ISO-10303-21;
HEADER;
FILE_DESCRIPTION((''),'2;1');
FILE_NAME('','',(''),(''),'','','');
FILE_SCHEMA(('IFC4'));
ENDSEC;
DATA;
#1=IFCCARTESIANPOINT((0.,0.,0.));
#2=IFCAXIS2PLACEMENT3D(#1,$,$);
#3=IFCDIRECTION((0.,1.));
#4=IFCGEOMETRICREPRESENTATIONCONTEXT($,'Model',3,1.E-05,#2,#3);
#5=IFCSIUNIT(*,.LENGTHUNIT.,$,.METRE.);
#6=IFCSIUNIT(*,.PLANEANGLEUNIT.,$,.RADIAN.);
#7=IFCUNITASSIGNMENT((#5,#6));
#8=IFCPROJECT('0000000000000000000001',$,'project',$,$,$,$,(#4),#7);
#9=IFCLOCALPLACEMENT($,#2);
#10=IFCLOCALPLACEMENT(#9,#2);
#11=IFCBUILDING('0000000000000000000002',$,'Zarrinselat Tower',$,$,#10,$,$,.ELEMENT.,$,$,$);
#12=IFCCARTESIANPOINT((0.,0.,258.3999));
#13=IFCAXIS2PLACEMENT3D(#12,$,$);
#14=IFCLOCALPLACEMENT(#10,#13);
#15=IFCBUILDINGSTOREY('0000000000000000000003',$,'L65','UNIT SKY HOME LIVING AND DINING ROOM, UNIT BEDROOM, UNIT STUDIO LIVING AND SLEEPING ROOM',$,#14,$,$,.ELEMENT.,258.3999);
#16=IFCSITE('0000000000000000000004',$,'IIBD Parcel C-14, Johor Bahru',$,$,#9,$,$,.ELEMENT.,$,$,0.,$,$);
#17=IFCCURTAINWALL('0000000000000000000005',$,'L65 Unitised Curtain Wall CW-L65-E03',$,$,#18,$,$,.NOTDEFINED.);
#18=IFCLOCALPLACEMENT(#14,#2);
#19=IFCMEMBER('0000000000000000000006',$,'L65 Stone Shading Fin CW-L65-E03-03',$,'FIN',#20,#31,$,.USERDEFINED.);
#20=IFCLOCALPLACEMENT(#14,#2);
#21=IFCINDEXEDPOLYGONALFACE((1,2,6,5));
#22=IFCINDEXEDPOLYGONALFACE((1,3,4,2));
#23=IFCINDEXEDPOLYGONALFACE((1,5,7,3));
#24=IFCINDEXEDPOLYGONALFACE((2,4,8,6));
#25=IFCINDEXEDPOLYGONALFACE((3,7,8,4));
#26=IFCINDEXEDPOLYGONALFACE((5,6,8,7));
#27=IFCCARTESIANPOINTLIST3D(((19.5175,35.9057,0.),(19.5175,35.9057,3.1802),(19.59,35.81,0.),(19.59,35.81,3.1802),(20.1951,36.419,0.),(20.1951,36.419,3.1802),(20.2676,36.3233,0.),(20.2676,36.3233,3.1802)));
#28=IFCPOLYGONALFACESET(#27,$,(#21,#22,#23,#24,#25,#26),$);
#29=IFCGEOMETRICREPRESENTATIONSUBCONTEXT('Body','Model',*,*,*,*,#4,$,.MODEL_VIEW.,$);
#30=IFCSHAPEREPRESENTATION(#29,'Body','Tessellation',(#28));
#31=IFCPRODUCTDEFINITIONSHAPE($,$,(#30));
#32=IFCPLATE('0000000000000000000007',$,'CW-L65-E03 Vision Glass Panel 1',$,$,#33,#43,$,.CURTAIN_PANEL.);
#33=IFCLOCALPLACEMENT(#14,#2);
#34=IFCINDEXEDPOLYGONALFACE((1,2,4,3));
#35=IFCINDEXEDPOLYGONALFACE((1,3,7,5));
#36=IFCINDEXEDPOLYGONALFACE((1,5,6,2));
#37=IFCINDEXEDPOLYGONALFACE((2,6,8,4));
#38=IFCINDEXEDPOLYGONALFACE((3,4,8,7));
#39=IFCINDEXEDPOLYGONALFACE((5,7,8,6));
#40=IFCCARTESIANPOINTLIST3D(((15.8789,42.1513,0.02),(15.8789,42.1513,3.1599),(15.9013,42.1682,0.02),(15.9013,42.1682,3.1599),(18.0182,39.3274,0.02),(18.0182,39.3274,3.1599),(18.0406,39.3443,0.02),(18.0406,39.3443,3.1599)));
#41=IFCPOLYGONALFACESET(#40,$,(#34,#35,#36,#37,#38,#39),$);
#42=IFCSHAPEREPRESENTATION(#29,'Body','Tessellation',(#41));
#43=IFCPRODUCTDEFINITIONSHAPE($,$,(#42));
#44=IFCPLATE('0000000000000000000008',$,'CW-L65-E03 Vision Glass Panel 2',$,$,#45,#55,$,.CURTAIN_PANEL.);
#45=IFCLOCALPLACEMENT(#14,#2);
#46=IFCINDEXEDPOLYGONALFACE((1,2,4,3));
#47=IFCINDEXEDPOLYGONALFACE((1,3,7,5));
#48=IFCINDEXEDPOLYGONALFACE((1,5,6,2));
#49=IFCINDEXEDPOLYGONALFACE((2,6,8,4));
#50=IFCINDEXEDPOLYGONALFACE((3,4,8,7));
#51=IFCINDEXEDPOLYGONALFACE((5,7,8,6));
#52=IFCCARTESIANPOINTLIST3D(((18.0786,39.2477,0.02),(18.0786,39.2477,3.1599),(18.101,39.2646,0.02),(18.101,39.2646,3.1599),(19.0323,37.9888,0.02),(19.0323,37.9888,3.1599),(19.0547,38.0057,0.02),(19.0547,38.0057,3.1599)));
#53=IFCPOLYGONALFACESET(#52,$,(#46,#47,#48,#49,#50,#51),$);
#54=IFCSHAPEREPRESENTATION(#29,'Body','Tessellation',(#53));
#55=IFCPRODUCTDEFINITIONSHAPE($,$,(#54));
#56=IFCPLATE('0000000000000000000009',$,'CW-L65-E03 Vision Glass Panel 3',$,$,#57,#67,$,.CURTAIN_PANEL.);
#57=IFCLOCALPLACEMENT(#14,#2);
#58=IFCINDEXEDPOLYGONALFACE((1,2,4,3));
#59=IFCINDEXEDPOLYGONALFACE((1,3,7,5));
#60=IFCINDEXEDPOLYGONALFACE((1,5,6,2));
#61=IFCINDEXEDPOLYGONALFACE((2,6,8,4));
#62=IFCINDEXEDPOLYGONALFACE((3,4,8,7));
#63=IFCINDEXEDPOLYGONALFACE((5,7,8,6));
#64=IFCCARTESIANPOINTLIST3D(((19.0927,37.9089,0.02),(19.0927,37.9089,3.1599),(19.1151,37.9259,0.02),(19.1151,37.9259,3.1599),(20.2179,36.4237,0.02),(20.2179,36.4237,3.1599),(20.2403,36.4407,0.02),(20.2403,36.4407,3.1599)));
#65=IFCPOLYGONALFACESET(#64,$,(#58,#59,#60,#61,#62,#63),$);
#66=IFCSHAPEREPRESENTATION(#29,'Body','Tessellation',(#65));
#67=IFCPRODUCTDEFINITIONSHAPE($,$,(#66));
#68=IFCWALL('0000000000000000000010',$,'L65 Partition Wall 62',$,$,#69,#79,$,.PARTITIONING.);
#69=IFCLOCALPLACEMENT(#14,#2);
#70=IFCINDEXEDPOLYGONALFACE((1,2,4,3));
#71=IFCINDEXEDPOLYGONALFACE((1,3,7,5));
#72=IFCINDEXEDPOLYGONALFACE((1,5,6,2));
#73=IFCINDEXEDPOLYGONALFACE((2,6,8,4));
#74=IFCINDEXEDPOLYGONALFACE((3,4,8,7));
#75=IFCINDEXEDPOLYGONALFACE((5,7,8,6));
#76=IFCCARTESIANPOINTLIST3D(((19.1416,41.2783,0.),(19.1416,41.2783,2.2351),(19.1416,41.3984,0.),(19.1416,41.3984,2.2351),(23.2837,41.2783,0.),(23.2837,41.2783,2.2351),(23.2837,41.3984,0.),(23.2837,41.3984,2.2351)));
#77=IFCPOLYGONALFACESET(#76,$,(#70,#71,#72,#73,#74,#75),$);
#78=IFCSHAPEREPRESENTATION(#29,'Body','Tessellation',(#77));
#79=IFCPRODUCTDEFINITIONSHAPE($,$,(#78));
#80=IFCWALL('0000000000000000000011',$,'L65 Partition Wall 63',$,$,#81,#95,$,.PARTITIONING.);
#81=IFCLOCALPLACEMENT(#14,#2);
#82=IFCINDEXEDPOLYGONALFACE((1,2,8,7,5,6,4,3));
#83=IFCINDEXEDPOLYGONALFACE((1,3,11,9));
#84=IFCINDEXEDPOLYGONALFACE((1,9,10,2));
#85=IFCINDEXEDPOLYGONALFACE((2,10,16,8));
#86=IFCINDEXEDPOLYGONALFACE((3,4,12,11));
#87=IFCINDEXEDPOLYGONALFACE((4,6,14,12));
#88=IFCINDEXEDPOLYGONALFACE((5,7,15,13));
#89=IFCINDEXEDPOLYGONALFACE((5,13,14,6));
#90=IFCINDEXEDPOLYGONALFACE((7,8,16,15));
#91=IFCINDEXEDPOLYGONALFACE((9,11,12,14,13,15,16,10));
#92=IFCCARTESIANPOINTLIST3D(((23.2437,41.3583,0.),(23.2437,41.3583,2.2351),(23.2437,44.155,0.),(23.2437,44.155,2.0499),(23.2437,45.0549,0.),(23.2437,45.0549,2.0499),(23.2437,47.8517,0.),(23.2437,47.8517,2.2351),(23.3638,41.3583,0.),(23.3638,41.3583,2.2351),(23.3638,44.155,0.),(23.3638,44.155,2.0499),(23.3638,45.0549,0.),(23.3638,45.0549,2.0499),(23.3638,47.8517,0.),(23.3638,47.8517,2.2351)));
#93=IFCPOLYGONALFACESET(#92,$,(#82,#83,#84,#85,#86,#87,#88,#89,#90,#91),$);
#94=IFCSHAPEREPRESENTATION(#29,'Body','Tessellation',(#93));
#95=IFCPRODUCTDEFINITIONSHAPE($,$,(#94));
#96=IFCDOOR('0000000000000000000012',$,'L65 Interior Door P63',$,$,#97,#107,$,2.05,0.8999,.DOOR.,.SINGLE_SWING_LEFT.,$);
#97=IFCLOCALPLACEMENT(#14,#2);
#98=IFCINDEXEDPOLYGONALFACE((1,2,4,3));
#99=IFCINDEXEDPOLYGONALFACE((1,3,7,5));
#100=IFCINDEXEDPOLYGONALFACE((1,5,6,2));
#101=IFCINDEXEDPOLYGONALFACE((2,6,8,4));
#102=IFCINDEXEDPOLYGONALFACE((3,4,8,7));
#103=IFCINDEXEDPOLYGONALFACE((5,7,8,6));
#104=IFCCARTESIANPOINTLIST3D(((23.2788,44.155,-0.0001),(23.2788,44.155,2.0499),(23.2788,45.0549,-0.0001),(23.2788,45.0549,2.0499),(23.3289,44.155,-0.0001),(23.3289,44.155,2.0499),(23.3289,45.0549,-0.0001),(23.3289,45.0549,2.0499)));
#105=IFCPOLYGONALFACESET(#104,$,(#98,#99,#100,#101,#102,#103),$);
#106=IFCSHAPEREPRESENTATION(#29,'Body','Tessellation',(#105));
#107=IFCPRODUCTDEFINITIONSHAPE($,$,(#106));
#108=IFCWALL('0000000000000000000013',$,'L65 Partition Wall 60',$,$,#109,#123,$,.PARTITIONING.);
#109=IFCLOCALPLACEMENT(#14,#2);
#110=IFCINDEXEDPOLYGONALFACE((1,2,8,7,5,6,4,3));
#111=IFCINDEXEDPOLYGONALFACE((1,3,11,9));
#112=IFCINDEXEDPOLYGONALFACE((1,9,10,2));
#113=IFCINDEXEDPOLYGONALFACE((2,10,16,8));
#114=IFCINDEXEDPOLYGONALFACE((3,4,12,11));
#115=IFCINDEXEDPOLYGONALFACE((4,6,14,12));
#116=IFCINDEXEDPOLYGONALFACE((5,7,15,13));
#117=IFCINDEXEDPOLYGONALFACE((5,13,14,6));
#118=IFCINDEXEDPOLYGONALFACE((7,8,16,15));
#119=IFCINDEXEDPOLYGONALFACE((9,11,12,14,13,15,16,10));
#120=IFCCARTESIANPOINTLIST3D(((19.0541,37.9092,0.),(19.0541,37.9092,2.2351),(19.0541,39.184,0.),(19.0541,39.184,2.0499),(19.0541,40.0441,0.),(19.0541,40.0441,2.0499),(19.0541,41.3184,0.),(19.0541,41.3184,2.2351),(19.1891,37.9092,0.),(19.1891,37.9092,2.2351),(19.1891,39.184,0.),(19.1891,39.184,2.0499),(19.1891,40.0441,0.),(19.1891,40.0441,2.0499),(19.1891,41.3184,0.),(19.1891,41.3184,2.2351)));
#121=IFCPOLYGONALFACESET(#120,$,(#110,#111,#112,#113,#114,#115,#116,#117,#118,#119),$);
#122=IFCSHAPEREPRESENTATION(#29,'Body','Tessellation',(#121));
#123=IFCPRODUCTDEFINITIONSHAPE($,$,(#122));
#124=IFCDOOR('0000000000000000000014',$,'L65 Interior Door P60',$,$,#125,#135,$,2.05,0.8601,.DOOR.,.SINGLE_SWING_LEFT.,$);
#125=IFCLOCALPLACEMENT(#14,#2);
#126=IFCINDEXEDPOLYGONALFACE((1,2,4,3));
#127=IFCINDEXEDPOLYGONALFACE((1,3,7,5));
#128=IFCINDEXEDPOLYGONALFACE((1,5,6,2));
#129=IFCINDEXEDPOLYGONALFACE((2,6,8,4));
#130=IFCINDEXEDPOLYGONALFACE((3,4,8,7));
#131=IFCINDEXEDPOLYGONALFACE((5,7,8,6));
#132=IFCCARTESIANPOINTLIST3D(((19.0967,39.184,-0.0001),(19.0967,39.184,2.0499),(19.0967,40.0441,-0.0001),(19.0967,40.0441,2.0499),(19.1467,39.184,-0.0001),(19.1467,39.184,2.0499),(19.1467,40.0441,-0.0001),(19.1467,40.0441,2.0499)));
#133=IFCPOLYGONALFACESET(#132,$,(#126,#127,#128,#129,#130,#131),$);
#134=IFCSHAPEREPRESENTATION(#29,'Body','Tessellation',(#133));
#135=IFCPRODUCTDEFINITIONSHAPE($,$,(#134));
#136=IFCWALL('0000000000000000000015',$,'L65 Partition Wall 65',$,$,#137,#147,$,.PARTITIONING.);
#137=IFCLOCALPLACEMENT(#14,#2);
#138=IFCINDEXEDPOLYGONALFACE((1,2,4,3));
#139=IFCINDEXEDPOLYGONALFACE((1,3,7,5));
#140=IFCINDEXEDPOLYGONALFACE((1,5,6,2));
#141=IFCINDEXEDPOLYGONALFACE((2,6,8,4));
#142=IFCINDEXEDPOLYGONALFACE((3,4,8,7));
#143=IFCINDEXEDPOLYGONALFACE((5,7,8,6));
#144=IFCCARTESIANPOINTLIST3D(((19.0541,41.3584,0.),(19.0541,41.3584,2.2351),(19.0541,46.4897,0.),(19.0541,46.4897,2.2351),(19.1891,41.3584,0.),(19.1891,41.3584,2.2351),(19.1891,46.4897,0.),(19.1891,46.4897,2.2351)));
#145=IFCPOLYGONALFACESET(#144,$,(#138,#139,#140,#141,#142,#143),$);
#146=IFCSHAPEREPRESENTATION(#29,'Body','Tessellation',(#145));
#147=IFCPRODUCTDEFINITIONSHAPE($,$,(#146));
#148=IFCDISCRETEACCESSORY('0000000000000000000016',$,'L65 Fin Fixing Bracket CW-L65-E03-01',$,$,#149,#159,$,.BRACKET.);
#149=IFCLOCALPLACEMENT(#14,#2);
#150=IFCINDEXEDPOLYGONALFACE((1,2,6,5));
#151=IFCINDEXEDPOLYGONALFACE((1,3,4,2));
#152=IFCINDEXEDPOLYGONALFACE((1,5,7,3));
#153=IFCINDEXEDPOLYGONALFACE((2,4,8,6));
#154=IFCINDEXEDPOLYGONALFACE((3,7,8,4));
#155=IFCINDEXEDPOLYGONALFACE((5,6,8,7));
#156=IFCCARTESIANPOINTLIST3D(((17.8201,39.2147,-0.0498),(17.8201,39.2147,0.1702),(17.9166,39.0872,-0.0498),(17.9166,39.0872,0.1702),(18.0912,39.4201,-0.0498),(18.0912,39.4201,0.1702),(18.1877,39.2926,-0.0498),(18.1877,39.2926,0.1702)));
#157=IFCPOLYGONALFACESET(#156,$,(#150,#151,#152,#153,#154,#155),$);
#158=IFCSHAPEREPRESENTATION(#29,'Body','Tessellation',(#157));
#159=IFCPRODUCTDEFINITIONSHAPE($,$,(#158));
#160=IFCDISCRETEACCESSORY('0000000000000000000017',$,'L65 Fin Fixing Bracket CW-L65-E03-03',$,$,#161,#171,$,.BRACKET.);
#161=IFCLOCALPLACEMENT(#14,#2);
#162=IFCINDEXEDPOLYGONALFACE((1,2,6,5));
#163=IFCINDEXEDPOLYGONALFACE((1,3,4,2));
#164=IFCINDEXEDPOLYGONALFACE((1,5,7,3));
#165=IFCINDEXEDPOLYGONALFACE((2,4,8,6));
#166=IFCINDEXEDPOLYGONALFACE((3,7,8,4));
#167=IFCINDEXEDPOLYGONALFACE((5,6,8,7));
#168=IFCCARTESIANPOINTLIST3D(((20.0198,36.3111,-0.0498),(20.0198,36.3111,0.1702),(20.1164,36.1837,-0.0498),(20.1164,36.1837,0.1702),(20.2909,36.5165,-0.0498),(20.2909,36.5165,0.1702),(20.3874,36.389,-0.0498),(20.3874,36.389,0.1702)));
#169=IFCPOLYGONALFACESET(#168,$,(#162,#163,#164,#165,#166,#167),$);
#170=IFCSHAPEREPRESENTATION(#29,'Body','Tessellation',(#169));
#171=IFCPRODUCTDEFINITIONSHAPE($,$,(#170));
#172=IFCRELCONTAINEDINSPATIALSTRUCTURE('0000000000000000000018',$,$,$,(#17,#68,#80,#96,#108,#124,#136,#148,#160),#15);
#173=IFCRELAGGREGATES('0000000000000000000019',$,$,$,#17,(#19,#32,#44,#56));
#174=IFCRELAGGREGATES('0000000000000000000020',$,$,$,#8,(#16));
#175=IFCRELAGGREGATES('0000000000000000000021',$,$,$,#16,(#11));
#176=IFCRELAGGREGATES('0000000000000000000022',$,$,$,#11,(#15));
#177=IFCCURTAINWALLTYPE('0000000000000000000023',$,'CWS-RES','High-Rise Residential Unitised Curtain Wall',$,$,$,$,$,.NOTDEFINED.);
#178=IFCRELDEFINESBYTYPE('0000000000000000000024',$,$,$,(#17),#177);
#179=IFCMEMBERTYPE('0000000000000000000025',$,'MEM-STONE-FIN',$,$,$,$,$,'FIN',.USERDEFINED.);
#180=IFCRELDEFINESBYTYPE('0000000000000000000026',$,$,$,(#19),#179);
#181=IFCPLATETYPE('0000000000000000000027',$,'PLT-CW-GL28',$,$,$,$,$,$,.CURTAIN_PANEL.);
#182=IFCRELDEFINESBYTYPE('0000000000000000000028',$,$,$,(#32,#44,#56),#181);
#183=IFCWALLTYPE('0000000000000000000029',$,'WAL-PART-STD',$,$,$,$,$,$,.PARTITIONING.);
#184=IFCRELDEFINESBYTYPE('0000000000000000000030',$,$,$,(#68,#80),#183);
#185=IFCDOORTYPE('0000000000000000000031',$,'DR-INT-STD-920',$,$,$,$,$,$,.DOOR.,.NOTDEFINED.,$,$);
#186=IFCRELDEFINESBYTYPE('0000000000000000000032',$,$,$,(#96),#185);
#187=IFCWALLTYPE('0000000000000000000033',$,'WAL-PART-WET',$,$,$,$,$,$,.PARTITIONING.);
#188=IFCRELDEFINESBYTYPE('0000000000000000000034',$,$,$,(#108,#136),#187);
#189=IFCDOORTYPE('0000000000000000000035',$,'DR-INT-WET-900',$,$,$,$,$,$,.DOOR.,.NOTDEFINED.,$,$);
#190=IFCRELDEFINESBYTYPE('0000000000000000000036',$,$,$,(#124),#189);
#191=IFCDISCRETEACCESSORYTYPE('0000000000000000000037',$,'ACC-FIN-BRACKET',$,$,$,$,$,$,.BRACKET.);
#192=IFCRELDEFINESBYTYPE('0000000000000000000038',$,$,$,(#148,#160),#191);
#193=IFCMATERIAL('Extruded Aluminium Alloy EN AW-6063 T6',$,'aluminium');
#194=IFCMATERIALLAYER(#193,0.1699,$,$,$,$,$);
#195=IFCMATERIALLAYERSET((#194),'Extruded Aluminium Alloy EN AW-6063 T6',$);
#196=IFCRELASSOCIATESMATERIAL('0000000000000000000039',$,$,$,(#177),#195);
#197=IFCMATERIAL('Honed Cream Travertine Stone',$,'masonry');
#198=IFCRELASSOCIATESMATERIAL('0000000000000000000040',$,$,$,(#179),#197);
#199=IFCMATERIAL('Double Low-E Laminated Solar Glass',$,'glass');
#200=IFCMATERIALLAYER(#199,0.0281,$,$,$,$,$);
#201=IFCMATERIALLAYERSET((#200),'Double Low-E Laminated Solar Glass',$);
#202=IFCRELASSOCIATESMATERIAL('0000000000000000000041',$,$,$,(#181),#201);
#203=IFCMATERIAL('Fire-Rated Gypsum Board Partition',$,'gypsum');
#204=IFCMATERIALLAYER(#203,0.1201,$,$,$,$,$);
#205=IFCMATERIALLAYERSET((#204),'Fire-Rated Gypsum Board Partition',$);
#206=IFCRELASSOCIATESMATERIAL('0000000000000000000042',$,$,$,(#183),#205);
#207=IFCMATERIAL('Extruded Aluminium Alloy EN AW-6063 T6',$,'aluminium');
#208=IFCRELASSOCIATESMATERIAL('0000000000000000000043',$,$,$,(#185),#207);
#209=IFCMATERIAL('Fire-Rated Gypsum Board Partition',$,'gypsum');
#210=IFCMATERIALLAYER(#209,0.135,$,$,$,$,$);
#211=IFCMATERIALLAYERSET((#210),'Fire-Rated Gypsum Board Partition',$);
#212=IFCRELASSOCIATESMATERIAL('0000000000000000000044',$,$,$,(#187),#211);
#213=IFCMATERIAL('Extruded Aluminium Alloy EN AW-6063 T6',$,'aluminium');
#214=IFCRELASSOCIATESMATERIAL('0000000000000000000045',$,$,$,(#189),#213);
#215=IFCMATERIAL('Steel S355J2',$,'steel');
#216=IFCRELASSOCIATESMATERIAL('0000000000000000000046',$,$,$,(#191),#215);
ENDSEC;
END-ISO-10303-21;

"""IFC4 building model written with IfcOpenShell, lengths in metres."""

from ifc_helpers import new_model, si_unit, direction, frame, frame_2d, origin, origin_2d, place, context, subcontext, project, spatial, rectangle, extrude, material, layer, layer_set, material_profile, profile_set, type_object, element, fill, aggregate, save


model = new_model("IFC4")

# Units and contexts
model_context = context("Model", 3, precision=1e-05, world=origin(), true_north=direction((0.0, 1.0)))
body_context = subcontext(model_context, "Body", "Model", "MODEL_VIEW")
ifc_project = project(units=[si_unit("LENGTHUNIT", "METRE"), si_unit("PLANEANGLEUNIT", "RADIAN")], contexts=[model_context])

# Site, building, storey
site_placement = place(None, origin())
site = spatial("IfcSite", under=ifc_project, at=site_placement, Name="IIBD Parcel C-14, Johor Bahru", CompositionType="ELEMENT", RefElevation=0.0)
building_placement = place(site_placement, origin())
building = spatial("IfcBuilding", under=site, at=building_placement, Name="Zarrinselat Tower", CompositionType="ELEMENT")
storey_placement = place(building_placement, frame((0.0, 0.0, 258.3999)))
storey = spatial("IfcBuildingStorey", under=building, at=storey_placement, Name="L65", Description="UNIT SKY HOME LIVING AND DINING ROOM, UNIT BEDROOM, UNIT STUDIO LIVING AND SLEEPING ROOM", CompositionType="ELEMENT", Elevation=258.3999)

# Curtain wall, member, plates
ifc_material_1 = material(Name="Extruded Aluminium Alloy EN AW-6063 T6", Category="aluminium")
ifc_layer_1 = layer(ifc_material_1, 0.1699)
ifc_layer_set_1 = layer_set([ifc_layer_1], Name="Extruded Aluminium Alloy EN AW-6063 T6")
curtain_wall_type = type_object("IfcCurtainWallType", Name="CWS-RES", Description="High-Rise Residential Unitised Curtain Wall", PredefinedType="NOTDEFINED", material=ifc_layer_set_1)
curtain_wall_placement = place(storey_placement, origin())
curtain_wall = element("IfcCurtainWall", 1, at=curtain_wall_placement, inside=storey, type_object=curtain_wall_type, Name="L65 Unitised Curtain Wall CW-L65-E03", PredefinedType="NOTDEFINED")
ifc_material_2 = material(Name="Honed Cream Travertine Stone", Category="masonry")
ifc_material_profile_1 = material_profile(ifc_material_2, rectangle(XDim=0.1201, YDim=0.8501, at=origin_2d()), Name="FIN 850x120")
ifc_profile_set_1 = profile_set([ifc_material_profile_1], Name="Honed Cream Travertine Stone")
member_type_1 = type_object("IfcMemberType", Name="MEM-STONE-FIN", ElementType="FIN", PredefinedType="USERDEFINED", material=ifc_profile_set_1)
member_1_placement = place(storey_placement, frame((19.8926, 36.1145, 0.0), z_axis=(0.0, 0.0, 1.0), x_axis=(-0.603858, 0.797092, 0.0)))
member_1 = element("IfcMember", 2, at=member_1_placement, type_object=member_type_1, Name="L65 Stone Shading Fin CW-L65-E03-03", ObjectType="FIN", PredefinedType="USERDEFINED", context=body_context, shape_type="SweptSolid", body=[
    extrude(rectangle(XDim=0.1201, YDim=0.8501, at=origin_2d()), origin(), (0.0, 0.0, 1.0), 3.1802),
])
ifc_material_3 = material(Name="Double Low-E Laminated Solar Glass", Category="glass")
ifc_layer_2 = layer(ifc_material_3, 0.0281)
ifc_layer_set_2 = layer_set([ifc_layer_2], Name="Double Low-E Laminated Solar Glass")
plate_type = type_object("IfcPlateType", Name="PLT-CW-GL28", PredefinedType="CURTAIN_PANEL", material=ifc_layer_set_2)
plate_1_placement = place(storey_placement, frame((16.9597, 40.7478, 0.02), z_axis=(0.0, 0.0, 1.0), x_axis=(0.603858, -0.797092, 0.0)))
plate_1 = element("IfcPlate", 3, at=plate_1_placement, type_object=plate_type, Name="CW-L65-E03 Vision Glass Panel 1", PredefinedType="CURTAIN_PANEL", context=body_context, shape_type="SweptSolid", body=[
    extrude(rectangle(XDim=3.5427, YDim=0.0281, at=origin_2d()), origin(), (0.0, 0.0, 1.0), 3.1399),
])
plate_2_placement = place(storey_placement, frame((18.5667, 38.6267, 0.02), z_axis=(0.0, 0.0, 1.0), x_axis=(0.603858, -0.797092, 0.0)))
plate_2 = element("IfcPlate", 4, at=plate_2_placement, type_object=plate_type, Name="CW-L65-E03 Vision Glass Panel 2", PredefinedType="CURTAIN_PANEL", context=body_context, shape_type="SweptSolid", body=[
    extrude(rectangle(XDim=1.5793, YDim=0.0281, at=origin_2d()), origin(), (0.0, 0.0, 1.0), 3.1399),
])
plate_3_placement = place(storey_placement, frame((19.6665, 37.1748, 0.02), z_axis=(0.0, 0.0, 1.0), x_axis=(0.603858, -0.797092, 0.0)))
plate_3 = element("IfcPlate", 5, at=plate_3_placement, type_object=plate_type, Name="CW-L65-E03 Vision Glass Panel 3", PredefinedType="CURTAIN_PANEL", context=body_context, shape_type="SweptSolid", body=[
    extrude(rectangle(XDim=1.8633, YDim=0.0281, at=origin_2d()), origin(), (0.0, 0.0, 1.0), 3.1399),
])
aggregate(curtain_wall, [member_1, plate_1, plate_2, plate_3])

# Wall
ifc_material_4 = material(Name="Fire-Rated Gypsum Board Partition", Category="gypsum")
ifc_layer_3 = layer(ifc_material_4, 0.1201)
ifc_layer_set_3 = layer_set([ifc_layer_3], Name="Fire-Rated Gypsum Board Partition")
wall_type_1 = type_object("IfcWallType", Name="WAL-PART-STD", PredefinedType="PARTITIONING", material=ifc_layer_set_3)
wall_1_placement = place(storey_placement, frame((19.1416, 41.3384, 0.0), z_axis=(0.0, 0.0, 1.0), x_axis=(1.0, 0.0, 0.0)))
element("IfcWall", 6, at=wall_1_placement, inside=storey, type_object=wall_type_1, Name="L65 Partition Wall 62", PredefinedType="PARTITIONING", context=body_context, shape_type="SweptSolid", body=[
    extrude(rectangle(XDim=4.1421, YDim=0.1201, at=frame_2d((2.071, 0.0))), origin(), (0.0, 0.0, 1.0), 2.2351),
])

# Walls, openings, doors
wall_2_placement = place(storey_placement, frame((23.3037, 41.3584, 0.0), z_axis=(0.0, 0.0, 1.0), x_axis=(0.0, 1.0, 0.0)))
wall_2 = element("IfcWall", 7, at=wall_2_placement, inside=storey, type_object=wall_type_1, Name="L65 Partition Wall 63", PredefinedType="PARTITIONING", context=body_context, shape_type="SweptSolid", body=[
    extrude(rectangle(XDim=6.4934, YDim=0.1201, at=frame_2d((3.2466, 0.0))), origin(), (0.0, 0.0, 1.0), 2.2351),
])
opening_1_placement = place(wall_2_placement, frame((2.7966, 0.0, 0.0)))
opening_1 = element("IfcOpeningElement", 8, at=opening_1_placement, cuts=wall_2, PredefinedType="OPENING", context=body_context, shape_type="SweptSolid", body=[
    extrude(rectangle(XDim=0.8999, YDim=2.05, at=frame_2d((0.45, 1.0249))), frame((0.0, 0.0701, 0.0), z_axis=(0.0, -1.0, 0.0), x_axis=(1.0, 0.0, 0.0)), (0.0, 0.0, 1.0), 0.1401),
])
ifc_material_5 = material(Name="Extruded Aluminium Alloy EN AW-6063 T6", Category="aluminium")
door_type_1 = type_object("IfcDoorType", Name="DR-INT-STD-920", OperationType="NOTDEFINED", PredefinedType="DOOR", material=ifc_material_5)
door_1_placement = place(opening_1_placement, origin())
door_1 = element("IfcDoor", 9, at=door_1_placement, inside=storey, type_object=door_type_1, Name="L65 Interior Door P63", OperationType="SINGLE_SWING_LEFT", OverallHeight=2.05, OverallWidth=0.8999, PredefinedType="DOOR", context=body_context, shape_type="SweptSolid", body=[
    extrude(rectangle(XDim=0.8999, YDim=2.05, at=frame_2d((0.45, 1.0249))), frame((0.0, 0.0249, 0.0), z_axis=(0.0, -1.0, 0.0), x_axis=(1.0, 0.0, 0.0)), (0.0, 0.0, 1.0), 0.05),
])
fill(opening_1, door_1)
ifc_material_6 = material(Name="Fire-Rated Gypsum Board Partition", Category="gypsum")
ifc_layer_4 = layer(ifc_material_6, 0.135)
ifc_layer_set_4 = layer_set([ifc_layer_4], Name="Fire-Rated Gypsum Board Partition")
wall_type_2 = type_object("IfcWallType", Name="WAL-PART-WET", PredefinedType="PARTITIONING", material=ifc_layer_set_4)
wall_3_placement = place(storey_placement, frame((19.1216, 37.9092, 0.0), z_axis=(0.0, 0.0, 1.0), x_axis=(0.0, 1.0, 0.0)))
wall_3 = element("IfcWall", 10, at=wall_3_placement, inside=storey, type_object=wall_type_2, Name="L65 Partition Wall 60", PredefinedType="PARTITIONING", context=body_context, shape_type="SweptSolid", body=[
    extrude(rectangle(XDim=3.4092, YDim=0.135, at=frame_2d((1.7046, 0.0))), origin(), (0.0, 0.0, 1.0), 2.2351),
])
opening_2_placement = place(wall_3_placement, frame((1.2747, 0.0, 0.0)))
opening_2 = element("IfcOpeningElement", 11, at=opening_2_placement, cuts=wall_3, PredefinedType="OPENING", context=body_context, shape_type="SweptSolid", body=[
    extrude(rectangle(XDim=0.8601, YDim=2.05, at=frame_2d((0.4302, 1.0249))), frame((0.0, 0.0774, 0.0), z_axis=(0.0, -1.0, 0.0), x_axis=(1.0, 0.0, 0.0)), (0.0, 0.0, 1.0), 0.155),
])
ifc_material_7 = material(Name="Extruded Aluminium Alloy EN AW-6063 T6", Category="aluminium")
door_type_2 = type_object("IfcDoorType", Name="DR-INT-WET-900", OperationType="NOTDEFINED", PredefinedType="DOOR", material=ifc_material_7)
door_2_placement = place(opening_2_placement, origin())
door_2 = element("IfcDoor", 12, at=door_2_placement, inside=storey, type_object=door_type_2, Name="L65 Interior Door P60", OperationType="SINGLE_SWING_LEFT", OverallHeight=2.05, OverallWidth=0.8601, PredefinedType="DOOR", context=body_context, shape_type="SweptSolid", body=[
    extrude(rectangle(XDim=0.8601, YDim=2.05, at=frame_2d((0.4302, 1.0249))), frame((0.0, 0.0249, 0.0), z_axis=(0.0, -1.0, 0.0), x_axis=(1.0, 0.0, 0.0)), (0.0, 0.0, 1.0), 0.05),
])
fill(opening_2, door_2)

# Wall
wall_4_placement = place(storey_placement, frame((19.1216, 41.3584, 0.0), z_axis=(0.0, 0.0, 1.0), x_axis=(0.0, 1.0, 0.0)))
element("IfcWall", 13, at=wall_4_placement, inside=storey, type_object=wall_type_2, Name="L65 Partition Wall 65", PredefinedType="PARTITIONING", context=body_context, shape_type="SweptSolid", body=[
    extrude(rectangle(XDim=5.1313, YDim=0.135, at=frame_2d((2.5657, 0.0))), origin(), (0.0, 0.0, 1.0), 2.2351),
])

# Discrete accessories
ifc_material_8 = material(Name="Steel S355J2", Category="steel")
discrete_accessory_type = type_object("IfcDiscreteAccessoryType", Name="ACC-FIN-BRACKET", PredefinedType="BRACKET", material=ifc_material_8)
for number, where, z_axis, x_axis, name in (
    (14, (18.0039, 39.2537, -0.0498), (0.0, 0.0, 1.0), (-0.797092, -0.603858, 0.0), "L65 Fin Fixing Bracket CW-L65-E03-01"),
    (15, (20.2036, 36.3501, -0.0498), (0.0, 0.0, 1.0), (-0.797092, -0.603858, 0.0), "L65 Fin Fixing Bracket CW-L65-E03-03"),
):
    element("IfcDiscreteAccessory", number, at=place(storey_placement, frame(where, z_axis=z_axis, x_axis=x_axis)), inside=storey, type_object=discrete_accessory_type, Name=name, PredefinedType="BRACKET", context=body_context, shape_type="SweptSolid", body=[
        extrude(rectangle(XDim=0.3401, YDim=0.1599, at=origin_2d()), origin(), (0.0, 0.0, 1.0), 0.22),
    ])

save(model, "model.ifc")
